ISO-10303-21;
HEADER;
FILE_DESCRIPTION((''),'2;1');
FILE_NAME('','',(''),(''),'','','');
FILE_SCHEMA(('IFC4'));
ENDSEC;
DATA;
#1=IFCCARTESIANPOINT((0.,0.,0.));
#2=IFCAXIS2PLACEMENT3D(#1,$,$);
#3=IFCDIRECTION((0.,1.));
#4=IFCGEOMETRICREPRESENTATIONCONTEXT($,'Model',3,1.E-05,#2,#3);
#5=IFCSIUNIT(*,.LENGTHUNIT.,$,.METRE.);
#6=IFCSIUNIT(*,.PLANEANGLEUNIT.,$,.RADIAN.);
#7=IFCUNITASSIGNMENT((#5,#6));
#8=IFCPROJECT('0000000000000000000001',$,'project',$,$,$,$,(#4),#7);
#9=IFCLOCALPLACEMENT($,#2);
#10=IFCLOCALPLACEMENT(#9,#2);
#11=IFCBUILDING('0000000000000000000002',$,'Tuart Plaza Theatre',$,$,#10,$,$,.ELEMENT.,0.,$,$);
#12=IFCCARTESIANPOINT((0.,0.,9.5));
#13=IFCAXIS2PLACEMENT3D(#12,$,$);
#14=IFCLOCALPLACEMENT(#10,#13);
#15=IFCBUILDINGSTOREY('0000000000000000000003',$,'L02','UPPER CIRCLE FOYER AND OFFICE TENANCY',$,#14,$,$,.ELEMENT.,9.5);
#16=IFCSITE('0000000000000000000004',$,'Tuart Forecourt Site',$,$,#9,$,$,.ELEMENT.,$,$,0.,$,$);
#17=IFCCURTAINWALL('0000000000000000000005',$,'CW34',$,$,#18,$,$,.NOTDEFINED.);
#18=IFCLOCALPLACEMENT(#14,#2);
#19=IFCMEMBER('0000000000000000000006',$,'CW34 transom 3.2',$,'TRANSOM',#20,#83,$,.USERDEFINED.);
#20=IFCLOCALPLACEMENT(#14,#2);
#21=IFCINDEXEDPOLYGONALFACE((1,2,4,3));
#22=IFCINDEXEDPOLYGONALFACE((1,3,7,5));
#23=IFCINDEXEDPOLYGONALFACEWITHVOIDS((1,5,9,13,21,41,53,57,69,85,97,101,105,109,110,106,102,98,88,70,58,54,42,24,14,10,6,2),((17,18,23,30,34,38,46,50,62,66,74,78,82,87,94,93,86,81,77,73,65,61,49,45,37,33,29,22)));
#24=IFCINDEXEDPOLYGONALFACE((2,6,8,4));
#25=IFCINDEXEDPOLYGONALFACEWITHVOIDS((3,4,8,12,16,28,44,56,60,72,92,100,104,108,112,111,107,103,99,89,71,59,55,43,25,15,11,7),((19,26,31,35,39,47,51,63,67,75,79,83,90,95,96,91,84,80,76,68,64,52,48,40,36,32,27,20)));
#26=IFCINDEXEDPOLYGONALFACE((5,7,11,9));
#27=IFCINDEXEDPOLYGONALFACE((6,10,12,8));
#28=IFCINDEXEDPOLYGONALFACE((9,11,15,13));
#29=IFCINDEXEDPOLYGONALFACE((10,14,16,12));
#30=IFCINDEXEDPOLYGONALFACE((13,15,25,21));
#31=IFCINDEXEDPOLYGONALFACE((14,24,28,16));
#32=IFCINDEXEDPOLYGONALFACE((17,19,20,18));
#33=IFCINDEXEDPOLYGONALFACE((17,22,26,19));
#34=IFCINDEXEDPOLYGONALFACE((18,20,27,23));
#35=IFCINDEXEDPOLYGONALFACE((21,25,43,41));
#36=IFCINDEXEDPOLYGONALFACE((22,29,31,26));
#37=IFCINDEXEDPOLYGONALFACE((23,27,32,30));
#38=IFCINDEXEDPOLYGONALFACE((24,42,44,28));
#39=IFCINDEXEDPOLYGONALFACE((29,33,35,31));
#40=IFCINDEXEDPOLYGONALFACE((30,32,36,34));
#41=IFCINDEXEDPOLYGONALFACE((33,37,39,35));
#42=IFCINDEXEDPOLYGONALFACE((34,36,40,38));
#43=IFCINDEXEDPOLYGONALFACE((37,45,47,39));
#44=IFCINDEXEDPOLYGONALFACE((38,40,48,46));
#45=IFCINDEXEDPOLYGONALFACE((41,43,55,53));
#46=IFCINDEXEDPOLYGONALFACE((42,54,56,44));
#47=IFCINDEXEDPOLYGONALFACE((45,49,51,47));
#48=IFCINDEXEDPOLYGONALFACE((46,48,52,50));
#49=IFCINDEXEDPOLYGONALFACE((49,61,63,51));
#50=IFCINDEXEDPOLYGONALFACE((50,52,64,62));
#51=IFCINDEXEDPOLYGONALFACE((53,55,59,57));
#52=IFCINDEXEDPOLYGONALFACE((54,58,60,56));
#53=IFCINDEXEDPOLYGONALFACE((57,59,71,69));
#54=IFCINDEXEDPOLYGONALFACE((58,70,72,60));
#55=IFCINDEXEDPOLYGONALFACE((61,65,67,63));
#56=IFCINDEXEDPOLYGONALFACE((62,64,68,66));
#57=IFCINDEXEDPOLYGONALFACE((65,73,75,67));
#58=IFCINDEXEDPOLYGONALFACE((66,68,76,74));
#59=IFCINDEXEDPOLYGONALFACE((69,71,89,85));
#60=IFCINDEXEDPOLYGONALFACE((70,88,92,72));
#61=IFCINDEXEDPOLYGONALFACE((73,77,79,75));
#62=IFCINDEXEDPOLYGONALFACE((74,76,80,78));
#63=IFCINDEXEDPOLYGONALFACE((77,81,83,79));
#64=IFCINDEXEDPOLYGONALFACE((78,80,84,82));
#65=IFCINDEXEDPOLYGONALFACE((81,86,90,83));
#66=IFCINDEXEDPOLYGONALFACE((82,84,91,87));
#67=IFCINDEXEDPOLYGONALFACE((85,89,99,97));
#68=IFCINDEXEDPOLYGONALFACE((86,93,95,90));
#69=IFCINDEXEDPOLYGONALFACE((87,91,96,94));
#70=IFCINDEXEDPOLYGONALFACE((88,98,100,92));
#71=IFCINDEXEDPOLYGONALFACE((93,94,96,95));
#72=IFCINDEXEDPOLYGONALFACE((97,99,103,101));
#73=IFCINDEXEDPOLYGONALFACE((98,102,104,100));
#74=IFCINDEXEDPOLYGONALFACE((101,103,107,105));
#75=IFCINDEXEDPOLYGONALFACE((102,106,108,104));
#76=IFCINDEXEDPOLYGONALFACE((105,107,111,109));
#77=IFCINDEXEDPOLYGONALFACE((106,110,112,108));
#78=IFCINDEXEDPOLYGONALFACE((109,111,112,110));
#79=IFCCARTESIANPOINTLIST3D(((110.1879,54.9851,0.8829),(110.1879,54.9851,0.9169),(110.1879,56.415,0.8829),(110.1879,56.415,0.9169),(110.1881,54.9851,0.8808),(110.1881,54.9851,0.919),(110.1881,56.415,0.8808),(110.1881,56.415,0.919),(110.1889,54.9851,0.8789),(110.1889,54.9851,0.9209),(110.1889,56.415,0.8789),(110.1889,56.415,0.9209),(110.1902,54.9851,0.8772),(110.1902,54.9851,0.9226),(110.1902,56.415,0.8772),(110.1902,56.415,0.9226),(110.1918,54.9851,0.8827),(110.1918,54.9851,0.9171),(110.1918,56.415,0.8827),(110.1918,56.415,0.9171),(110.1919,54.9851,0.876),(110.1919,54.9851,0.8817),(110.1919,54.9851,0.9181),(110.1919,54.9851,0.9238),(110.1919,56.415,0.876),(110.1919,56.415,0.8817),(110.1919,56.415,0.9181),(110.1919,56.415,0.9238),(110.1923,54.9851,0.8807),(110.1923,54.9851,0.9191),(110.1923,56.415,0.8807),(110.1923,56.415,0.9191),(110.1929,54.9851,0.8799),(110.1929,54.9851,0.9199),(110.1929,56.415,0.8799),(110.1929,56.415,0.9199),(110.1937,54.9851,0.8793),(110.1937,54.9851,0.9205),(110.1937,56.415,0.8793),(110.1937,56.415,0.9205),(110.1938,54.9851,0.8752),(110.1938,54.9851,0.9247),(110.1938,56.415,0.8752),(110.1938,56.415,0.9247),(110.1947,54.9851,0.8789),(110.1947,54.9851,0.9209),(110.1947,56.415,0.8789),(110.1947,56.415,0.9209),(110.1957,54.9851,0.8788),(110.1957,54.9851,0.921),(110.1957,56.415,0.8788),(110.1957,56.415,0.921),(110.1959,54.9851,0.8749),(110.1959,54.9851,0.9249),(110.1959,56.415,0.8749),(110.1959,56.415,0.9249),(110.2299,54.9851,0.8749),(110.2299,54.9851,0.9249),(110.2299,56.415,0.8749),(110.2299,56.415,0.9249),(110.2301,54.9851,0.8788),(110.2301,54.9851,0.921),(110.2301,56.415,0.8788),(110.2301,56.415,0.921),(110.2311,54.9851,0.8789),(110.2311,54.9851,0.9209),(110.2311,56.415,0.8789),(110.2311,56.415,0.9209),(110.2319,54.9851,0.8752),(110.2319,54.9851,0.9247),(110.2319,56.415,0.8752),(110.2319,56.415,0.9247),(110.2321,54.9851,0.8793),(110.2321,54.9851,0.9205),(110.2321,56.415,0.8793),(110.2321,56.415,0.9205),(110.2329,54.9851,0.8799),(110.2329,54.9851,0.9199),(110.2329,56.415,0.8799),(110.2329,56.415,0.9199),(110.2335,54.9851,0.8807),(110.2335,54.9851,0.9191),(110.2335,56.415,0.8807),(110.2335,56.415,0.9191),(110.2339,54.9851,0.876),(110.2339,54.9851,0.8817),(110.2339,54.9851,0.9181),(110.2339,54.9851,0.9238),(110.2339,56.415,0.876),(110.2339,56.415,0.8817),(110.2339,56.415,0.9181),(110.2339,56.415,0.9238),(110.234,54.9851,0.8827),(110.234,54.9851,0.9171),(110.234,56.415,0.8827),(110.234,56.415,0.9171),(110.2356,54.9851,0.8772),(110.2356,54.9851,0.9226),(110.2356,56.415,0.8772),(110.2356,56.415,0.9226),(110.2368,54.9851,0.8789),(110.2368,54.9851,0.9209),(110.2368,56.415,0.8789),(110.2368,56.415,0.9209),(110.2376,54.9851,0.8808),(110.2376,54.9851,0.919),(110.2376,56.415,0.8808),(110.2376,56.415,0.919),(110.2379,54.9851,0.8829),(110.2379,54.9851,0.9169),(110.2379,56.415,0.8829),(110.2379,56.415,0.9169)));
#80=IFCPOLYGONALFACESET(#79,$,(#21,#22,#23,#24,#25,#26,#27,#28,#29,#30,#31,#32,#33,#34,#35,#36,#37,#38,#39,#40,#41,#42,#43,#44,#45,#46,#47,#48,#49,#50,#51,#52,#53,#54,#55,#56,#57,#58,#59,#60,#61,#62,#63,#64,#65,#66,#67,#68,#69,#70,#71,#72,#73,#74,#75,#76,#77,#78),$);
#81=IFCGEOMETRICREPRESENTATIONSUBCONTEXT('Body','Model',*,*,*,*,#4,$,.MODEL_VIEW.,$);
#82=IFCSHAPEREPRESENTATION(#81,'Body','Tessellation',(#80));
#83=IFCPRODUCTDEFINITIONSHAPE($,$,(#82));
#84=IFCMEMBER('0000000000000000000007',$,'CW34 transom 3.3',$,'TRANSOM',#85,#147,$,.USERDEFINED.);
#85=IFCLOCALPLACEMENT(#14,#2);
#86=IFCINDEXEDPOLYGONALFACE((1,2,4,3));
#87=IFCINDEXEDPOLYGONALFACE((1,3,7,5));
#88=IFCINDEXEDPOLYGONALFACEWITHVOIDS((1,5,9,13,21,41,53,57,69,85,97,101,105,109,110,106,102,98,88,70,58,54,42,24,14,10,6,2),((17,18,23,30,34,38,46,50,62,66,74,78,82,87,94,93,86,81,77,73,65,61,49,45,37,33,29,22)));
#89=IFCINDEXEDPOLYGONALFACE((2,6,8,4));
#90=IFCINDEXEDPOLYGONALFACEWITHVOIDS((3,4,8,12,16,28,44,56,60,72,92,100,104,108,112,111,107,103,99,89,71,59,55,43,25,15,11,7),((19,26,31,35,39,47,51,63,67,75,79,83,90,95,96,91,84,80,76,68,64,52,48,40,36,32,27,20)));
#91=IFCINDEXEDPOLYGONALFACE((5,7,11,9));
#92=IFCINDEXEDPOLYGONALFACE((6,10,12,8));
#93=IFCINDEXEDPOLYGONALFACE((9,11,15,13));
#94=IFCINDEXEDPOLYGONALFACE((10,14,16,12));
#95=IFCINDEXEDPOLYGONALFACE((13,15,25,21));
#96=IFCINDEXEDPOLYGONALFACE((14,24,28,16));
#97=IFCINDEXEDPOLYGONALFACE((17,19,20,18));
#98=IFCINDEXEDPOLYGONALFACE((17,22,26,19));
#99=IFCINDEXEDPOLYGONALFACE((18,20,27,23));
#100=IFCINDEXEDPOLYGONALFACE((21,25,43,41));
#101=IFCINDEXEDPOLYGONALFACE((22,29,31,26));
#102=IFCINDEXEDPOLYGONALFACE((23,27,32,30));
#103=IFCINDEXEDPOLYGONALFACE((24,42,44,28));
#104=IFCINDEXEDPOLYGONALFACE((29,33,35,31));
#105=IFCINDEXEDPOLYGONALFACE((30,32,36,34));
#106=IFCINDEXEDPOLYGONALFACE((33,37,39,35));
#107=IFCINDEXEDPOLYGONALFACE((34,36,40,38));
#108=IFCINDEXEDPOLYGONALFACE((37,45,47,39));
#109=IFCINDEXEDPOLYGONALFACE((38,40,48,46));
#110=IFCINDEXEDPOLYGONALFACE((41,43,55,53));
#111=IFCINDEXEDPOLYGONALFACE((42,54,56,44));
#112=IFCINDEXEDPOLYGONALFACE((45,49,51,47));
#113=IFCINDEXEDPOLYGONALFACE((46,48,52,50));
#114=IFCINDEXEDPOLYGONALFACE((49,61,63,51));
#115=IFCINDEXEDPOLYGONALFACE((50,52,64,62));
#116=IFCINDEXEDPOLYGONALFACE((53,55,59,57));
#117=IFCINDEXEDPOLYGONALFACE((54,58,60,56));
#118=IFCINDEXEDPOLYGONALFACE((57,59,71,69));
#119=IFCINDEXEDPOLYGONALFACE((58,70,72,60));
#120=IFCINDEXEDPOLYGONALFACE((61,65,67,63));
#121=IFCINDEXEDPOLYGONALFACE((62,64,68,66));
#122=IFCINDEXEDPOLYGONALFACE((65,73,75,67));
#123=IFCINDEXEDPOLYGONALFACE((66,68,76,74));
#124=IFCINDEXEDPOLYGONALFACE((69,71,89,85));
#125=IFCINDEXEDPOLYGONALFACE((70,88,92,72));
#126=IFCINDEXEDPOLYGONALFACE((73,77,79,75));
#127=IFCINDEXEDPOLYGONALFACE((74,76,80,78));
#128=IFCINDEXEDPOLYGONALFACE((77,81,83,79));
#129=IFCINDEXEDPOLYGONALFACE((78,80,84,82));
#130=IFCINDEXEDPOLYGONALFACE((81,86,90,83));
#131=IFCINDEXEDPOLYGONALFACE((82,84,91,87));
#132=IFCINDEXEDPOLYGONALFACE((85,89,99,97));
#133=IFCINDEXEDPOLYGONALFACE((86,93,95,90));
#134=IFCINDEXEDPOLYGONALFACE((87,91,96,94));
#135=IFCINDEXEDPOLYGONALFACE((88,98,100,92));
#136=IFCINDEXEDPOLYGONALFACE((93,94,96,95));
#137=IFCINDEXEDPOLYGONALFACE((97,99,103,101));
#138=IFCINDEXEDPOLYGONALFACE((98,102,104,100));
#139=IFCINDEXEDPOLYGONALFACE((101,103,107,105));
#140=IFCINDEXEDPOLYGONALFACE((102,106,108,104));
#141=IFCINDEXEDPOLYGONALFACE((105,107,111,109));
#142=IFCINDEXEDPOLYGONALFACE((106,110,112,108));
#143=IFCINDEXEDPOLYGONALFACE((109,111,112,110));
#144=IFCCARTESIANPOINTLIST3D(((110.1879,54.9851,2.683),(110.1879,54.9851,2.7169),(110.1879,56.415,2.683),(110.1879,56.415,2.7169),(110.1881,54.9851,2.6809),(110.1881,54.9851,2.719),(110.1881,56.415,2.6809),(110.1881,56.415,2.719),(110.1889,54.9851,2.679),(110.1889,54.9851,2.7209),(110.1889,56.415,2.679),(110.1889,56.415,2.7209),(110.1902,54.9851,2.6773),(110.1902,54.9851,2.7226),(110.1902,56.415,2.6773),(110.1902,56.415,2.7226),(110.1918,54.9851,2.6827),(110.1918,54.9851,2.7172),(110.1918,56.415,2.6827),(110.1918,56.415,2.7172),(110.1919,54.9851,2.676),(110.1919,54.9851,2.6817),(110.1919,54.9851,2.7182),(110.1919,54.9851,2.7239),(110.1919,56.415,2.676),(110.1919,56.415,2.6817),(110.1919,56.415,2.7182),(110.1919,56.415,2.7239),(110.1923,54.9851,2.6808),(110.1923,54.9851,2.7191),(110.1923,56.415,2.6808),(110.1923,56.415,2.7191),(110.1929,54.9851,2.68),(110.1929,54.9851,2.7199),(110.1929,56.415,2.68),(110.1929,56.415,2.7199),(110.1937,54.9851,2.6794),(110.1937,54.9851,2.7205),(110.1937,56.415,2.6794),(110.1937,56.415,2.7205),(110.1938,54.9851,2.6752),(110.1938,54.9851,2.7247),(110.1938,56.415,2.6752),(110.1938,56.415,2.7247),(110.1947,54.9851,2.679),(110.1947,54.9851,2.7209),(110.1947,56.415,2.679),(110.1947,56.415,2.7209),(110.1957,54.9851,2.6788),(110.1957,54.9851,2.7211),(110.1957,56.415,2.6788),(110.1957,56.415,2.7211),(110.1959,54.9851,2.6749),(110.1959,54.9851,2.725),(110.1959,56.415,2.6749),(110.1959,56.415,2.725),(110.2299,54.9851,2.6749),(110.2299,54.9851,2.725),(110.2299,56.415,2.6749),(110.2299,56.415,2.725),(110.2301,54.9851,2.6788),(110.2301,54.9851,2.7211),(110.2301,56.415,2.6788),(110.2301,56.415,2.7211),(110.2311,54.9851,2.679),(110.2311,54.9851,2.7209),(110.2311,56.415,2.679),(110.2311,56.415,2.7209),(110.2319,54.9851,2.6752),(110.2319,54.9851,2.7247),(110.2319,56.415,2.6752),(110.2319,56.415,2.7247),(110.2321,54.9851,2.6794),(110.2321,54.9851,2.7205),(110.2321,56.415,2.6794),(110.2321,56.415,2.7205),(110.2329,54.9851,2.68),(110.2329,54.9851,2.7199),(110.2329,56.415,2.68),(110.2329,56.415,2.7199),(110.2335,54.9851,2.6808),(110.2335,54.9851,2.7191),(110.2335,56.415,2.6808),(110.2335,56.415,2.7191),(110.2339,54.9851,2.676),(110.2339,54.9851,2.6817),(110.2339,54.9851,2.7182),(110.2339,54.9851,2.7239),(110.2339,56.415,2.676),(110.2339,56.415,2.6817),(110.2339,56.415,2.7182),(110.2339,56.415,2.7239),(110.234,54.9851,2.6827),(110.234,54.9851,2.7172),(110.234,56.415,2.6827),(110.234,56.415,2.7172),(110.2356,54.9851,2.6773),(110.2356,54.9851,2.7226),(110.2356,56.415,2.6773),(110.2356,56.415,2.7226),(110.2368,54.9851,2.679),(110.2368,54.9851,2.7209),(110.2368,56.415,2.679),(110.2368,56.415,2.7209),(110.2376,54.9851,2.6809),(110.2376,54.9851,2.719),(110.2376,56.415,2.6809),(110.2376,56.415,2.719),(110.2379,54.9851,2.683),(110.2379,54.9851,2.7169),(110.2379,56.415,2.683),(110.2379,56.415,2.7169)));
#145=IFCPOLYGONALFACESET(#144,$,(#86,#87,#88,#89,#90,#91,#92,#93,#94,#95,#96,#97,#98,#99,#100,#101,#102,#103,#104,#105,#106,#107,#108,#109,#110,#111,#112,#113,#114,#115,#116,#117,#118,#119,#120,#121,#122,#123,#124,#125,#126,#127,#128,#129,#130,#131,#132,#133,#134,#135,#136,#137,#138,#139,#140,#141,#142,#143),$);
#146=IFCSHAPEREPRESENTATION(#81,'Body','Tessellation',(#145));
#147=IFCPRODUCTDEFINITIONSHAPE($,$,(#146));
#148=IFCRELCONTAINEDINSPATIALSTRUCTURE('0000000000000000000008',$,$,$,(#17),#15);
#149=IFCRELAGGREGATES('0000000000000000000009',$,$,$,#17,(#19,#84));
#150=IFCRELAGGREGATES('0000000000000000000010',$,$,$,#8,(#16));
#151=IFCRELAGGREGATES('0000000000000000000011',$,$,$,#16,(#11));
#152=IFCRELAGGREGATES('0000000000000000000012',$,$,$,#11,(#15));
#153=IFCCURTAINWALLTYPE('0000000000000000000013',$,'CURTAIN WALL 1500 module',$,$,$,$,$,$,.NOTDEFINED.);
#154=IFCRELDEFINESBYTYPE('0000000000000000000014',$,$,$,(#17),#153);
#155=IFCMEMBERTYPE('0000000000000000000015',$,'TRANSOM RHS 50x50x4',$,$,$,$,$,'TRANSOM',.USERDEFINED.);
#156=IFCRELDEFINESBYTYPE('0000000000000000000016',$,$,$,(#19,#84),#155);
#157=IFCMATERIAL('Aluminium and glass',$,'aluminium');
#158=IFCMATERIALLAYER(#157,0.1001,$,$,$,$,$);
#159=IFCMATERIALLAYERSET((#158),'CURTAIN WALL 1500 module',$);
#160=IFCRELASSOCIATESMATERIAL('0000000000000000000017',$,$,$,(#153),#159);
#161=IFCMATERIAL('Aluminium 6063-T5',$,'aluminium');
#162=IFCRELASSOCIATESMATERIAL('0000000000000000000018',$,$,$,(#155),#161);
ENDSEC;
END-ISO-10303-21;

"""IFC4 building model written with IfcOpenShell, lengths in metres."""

from ifc_helpers import new_model, si_unit, direction, frame, origin, origin_2d, place, context, subcontext, project, spatial, hollow_rectangle, extrude, material, layer, layer_set, material_profile, profile_set, type_object, element, aggregate, save


model = new_model("IFC4")

# Units and contexts
model_context = context("Model", 3, precision=1e-05, world=origin(), true_north=direction((0.0, 1.0)))
body_context = subcontext(model_context, "Body", "Model", "MODEL_VIEW")
ifc_project = project(units=[si_unit("LENGTHUNIT", "METRE"), si_unit("PLANEANGLEUNIT", "RADIAN")], contexts=[model_context])

# Site, building, storey
site_placement = place(None, origin())
site = spatial("IfcSite", under=ifc_project, at=site_placement, Name="Tuart Forecourt Site", CompositionType="ELEMENT", RefElevation=0.0)
building_placement = place(site_placement, origin())
building = spatial("IfcBuilding", under=site, at=building_placement, Name="Tuart Plaza Theatre", CompositionType="ELEMENT", ElevationOfRefHeight=0.0)
storey_placement = place(building_placement, frame((0.0, 0.0, 9.5)))
storey = spatial("IfcBuildingStorey", under=building, at=storey_placement, Name="L02", Description="UPPER CIRCLE FOYER AND OFFICE TENANCY", CompositionType="ELEMENT", Elevation=9.5)

# Curtain wall, members
ifc_material_1 = material(Name="Aluminium and glass", Category="aluminium")
ifc_layer_1 = layer(ifc_material_1, 0.1001)
ifc_layer_set_1 = layer_set([ifc_layer_1], Name="CURTAIN WALL 1500 module")
curtain_wall_type = type_object("IfcCurtainWallType", Name="CURTAIN WALL 1500 module", PredefinedType="NOTDEFINED", material=ifc_layer_set_1)
curtain_wall_placement = place(storey_placement, origin())
curtain_wall = element("IfcCurtainWall", 1, at=curtain_wall_placement, inside=storey, type_object=curtain_wall_type, Name="CW34", PredefinedType="NOTDEFINED")
ifc_material_2 = material(Name="Aluminium 6063-T5", Category="aluminium")
ifc_material_profile_1 = material_profile(ifc_material_2, hollow_rectangle(XDim=0.05, YDim=0.05, WallThickness=0.0039, InnerFilletRadius=0.0039, OuterFilletRadius=0.0081, at=origin_2d()), Name="RHS 50x50x4")
ifc_profile_set_1 = profile_set([ifc_material_profile_1], Name="Aluminium 6063-T5")
member_type_1 = type_object("IfcMemberType", Name="TRANSOM RHS 50x50x4", ElementType="TRANSOM", PredefinedType="USERDEFINED", material=ifc_profile_set_1)
member_1_placement = place(storey_placement, frame((110.2129, 54.9851, 0.8999), z_axis=(0.0, 1.0, 0.0), x_axis=(-1.0, 0.0, 0.0)))
member_1 = element("IfcMember", 2, at=member_1_placement, type_object=member_type_1, Name="CW34 transom 3.2", ObjectType="TRANSOM", PredefinedType="USERDEFINED", context=body_context, shape_type="SweptSolid", body=[
    extrude(hollow_rectangle(XDim=0.05, YDim=0.05, WallThickness=0.0039, InnerFilletRadius=0.0039, OuterFilletRadius=0.0081, at=origin_2d()), origin(), (0.0, 0.0, 1.0), 1.4299),
])
member_2_placement = place(storey_placement, frame((110.2129, 54.9851, 2.7), z_axis=(0.0, 1.0, 0.0), x_axis=(-1.0, 0.0, 0.0)))
member_2 = element("IfcMember", 3, at=member_2_placement, type_object=member_type_1, Name="CW34 transom 3.3", ObjectType="TRANSOM", PredefinedType="USERDEFINED", context=body_context, shape_type="SweptSolid", body=[
    extrude(hollow_rectangle(XDim=0.05, YDim=0.05, WallThickness=0.0039, InnerFilletRadius=0.0039, OuterFilletRadius=0.0081, at=origin_2d()), origin(), (0.0, 0.0, 1.0), 1.4299),
])
aggregate(curtain_wall, [member_1, member_2])

save(model, "model.ifc")
